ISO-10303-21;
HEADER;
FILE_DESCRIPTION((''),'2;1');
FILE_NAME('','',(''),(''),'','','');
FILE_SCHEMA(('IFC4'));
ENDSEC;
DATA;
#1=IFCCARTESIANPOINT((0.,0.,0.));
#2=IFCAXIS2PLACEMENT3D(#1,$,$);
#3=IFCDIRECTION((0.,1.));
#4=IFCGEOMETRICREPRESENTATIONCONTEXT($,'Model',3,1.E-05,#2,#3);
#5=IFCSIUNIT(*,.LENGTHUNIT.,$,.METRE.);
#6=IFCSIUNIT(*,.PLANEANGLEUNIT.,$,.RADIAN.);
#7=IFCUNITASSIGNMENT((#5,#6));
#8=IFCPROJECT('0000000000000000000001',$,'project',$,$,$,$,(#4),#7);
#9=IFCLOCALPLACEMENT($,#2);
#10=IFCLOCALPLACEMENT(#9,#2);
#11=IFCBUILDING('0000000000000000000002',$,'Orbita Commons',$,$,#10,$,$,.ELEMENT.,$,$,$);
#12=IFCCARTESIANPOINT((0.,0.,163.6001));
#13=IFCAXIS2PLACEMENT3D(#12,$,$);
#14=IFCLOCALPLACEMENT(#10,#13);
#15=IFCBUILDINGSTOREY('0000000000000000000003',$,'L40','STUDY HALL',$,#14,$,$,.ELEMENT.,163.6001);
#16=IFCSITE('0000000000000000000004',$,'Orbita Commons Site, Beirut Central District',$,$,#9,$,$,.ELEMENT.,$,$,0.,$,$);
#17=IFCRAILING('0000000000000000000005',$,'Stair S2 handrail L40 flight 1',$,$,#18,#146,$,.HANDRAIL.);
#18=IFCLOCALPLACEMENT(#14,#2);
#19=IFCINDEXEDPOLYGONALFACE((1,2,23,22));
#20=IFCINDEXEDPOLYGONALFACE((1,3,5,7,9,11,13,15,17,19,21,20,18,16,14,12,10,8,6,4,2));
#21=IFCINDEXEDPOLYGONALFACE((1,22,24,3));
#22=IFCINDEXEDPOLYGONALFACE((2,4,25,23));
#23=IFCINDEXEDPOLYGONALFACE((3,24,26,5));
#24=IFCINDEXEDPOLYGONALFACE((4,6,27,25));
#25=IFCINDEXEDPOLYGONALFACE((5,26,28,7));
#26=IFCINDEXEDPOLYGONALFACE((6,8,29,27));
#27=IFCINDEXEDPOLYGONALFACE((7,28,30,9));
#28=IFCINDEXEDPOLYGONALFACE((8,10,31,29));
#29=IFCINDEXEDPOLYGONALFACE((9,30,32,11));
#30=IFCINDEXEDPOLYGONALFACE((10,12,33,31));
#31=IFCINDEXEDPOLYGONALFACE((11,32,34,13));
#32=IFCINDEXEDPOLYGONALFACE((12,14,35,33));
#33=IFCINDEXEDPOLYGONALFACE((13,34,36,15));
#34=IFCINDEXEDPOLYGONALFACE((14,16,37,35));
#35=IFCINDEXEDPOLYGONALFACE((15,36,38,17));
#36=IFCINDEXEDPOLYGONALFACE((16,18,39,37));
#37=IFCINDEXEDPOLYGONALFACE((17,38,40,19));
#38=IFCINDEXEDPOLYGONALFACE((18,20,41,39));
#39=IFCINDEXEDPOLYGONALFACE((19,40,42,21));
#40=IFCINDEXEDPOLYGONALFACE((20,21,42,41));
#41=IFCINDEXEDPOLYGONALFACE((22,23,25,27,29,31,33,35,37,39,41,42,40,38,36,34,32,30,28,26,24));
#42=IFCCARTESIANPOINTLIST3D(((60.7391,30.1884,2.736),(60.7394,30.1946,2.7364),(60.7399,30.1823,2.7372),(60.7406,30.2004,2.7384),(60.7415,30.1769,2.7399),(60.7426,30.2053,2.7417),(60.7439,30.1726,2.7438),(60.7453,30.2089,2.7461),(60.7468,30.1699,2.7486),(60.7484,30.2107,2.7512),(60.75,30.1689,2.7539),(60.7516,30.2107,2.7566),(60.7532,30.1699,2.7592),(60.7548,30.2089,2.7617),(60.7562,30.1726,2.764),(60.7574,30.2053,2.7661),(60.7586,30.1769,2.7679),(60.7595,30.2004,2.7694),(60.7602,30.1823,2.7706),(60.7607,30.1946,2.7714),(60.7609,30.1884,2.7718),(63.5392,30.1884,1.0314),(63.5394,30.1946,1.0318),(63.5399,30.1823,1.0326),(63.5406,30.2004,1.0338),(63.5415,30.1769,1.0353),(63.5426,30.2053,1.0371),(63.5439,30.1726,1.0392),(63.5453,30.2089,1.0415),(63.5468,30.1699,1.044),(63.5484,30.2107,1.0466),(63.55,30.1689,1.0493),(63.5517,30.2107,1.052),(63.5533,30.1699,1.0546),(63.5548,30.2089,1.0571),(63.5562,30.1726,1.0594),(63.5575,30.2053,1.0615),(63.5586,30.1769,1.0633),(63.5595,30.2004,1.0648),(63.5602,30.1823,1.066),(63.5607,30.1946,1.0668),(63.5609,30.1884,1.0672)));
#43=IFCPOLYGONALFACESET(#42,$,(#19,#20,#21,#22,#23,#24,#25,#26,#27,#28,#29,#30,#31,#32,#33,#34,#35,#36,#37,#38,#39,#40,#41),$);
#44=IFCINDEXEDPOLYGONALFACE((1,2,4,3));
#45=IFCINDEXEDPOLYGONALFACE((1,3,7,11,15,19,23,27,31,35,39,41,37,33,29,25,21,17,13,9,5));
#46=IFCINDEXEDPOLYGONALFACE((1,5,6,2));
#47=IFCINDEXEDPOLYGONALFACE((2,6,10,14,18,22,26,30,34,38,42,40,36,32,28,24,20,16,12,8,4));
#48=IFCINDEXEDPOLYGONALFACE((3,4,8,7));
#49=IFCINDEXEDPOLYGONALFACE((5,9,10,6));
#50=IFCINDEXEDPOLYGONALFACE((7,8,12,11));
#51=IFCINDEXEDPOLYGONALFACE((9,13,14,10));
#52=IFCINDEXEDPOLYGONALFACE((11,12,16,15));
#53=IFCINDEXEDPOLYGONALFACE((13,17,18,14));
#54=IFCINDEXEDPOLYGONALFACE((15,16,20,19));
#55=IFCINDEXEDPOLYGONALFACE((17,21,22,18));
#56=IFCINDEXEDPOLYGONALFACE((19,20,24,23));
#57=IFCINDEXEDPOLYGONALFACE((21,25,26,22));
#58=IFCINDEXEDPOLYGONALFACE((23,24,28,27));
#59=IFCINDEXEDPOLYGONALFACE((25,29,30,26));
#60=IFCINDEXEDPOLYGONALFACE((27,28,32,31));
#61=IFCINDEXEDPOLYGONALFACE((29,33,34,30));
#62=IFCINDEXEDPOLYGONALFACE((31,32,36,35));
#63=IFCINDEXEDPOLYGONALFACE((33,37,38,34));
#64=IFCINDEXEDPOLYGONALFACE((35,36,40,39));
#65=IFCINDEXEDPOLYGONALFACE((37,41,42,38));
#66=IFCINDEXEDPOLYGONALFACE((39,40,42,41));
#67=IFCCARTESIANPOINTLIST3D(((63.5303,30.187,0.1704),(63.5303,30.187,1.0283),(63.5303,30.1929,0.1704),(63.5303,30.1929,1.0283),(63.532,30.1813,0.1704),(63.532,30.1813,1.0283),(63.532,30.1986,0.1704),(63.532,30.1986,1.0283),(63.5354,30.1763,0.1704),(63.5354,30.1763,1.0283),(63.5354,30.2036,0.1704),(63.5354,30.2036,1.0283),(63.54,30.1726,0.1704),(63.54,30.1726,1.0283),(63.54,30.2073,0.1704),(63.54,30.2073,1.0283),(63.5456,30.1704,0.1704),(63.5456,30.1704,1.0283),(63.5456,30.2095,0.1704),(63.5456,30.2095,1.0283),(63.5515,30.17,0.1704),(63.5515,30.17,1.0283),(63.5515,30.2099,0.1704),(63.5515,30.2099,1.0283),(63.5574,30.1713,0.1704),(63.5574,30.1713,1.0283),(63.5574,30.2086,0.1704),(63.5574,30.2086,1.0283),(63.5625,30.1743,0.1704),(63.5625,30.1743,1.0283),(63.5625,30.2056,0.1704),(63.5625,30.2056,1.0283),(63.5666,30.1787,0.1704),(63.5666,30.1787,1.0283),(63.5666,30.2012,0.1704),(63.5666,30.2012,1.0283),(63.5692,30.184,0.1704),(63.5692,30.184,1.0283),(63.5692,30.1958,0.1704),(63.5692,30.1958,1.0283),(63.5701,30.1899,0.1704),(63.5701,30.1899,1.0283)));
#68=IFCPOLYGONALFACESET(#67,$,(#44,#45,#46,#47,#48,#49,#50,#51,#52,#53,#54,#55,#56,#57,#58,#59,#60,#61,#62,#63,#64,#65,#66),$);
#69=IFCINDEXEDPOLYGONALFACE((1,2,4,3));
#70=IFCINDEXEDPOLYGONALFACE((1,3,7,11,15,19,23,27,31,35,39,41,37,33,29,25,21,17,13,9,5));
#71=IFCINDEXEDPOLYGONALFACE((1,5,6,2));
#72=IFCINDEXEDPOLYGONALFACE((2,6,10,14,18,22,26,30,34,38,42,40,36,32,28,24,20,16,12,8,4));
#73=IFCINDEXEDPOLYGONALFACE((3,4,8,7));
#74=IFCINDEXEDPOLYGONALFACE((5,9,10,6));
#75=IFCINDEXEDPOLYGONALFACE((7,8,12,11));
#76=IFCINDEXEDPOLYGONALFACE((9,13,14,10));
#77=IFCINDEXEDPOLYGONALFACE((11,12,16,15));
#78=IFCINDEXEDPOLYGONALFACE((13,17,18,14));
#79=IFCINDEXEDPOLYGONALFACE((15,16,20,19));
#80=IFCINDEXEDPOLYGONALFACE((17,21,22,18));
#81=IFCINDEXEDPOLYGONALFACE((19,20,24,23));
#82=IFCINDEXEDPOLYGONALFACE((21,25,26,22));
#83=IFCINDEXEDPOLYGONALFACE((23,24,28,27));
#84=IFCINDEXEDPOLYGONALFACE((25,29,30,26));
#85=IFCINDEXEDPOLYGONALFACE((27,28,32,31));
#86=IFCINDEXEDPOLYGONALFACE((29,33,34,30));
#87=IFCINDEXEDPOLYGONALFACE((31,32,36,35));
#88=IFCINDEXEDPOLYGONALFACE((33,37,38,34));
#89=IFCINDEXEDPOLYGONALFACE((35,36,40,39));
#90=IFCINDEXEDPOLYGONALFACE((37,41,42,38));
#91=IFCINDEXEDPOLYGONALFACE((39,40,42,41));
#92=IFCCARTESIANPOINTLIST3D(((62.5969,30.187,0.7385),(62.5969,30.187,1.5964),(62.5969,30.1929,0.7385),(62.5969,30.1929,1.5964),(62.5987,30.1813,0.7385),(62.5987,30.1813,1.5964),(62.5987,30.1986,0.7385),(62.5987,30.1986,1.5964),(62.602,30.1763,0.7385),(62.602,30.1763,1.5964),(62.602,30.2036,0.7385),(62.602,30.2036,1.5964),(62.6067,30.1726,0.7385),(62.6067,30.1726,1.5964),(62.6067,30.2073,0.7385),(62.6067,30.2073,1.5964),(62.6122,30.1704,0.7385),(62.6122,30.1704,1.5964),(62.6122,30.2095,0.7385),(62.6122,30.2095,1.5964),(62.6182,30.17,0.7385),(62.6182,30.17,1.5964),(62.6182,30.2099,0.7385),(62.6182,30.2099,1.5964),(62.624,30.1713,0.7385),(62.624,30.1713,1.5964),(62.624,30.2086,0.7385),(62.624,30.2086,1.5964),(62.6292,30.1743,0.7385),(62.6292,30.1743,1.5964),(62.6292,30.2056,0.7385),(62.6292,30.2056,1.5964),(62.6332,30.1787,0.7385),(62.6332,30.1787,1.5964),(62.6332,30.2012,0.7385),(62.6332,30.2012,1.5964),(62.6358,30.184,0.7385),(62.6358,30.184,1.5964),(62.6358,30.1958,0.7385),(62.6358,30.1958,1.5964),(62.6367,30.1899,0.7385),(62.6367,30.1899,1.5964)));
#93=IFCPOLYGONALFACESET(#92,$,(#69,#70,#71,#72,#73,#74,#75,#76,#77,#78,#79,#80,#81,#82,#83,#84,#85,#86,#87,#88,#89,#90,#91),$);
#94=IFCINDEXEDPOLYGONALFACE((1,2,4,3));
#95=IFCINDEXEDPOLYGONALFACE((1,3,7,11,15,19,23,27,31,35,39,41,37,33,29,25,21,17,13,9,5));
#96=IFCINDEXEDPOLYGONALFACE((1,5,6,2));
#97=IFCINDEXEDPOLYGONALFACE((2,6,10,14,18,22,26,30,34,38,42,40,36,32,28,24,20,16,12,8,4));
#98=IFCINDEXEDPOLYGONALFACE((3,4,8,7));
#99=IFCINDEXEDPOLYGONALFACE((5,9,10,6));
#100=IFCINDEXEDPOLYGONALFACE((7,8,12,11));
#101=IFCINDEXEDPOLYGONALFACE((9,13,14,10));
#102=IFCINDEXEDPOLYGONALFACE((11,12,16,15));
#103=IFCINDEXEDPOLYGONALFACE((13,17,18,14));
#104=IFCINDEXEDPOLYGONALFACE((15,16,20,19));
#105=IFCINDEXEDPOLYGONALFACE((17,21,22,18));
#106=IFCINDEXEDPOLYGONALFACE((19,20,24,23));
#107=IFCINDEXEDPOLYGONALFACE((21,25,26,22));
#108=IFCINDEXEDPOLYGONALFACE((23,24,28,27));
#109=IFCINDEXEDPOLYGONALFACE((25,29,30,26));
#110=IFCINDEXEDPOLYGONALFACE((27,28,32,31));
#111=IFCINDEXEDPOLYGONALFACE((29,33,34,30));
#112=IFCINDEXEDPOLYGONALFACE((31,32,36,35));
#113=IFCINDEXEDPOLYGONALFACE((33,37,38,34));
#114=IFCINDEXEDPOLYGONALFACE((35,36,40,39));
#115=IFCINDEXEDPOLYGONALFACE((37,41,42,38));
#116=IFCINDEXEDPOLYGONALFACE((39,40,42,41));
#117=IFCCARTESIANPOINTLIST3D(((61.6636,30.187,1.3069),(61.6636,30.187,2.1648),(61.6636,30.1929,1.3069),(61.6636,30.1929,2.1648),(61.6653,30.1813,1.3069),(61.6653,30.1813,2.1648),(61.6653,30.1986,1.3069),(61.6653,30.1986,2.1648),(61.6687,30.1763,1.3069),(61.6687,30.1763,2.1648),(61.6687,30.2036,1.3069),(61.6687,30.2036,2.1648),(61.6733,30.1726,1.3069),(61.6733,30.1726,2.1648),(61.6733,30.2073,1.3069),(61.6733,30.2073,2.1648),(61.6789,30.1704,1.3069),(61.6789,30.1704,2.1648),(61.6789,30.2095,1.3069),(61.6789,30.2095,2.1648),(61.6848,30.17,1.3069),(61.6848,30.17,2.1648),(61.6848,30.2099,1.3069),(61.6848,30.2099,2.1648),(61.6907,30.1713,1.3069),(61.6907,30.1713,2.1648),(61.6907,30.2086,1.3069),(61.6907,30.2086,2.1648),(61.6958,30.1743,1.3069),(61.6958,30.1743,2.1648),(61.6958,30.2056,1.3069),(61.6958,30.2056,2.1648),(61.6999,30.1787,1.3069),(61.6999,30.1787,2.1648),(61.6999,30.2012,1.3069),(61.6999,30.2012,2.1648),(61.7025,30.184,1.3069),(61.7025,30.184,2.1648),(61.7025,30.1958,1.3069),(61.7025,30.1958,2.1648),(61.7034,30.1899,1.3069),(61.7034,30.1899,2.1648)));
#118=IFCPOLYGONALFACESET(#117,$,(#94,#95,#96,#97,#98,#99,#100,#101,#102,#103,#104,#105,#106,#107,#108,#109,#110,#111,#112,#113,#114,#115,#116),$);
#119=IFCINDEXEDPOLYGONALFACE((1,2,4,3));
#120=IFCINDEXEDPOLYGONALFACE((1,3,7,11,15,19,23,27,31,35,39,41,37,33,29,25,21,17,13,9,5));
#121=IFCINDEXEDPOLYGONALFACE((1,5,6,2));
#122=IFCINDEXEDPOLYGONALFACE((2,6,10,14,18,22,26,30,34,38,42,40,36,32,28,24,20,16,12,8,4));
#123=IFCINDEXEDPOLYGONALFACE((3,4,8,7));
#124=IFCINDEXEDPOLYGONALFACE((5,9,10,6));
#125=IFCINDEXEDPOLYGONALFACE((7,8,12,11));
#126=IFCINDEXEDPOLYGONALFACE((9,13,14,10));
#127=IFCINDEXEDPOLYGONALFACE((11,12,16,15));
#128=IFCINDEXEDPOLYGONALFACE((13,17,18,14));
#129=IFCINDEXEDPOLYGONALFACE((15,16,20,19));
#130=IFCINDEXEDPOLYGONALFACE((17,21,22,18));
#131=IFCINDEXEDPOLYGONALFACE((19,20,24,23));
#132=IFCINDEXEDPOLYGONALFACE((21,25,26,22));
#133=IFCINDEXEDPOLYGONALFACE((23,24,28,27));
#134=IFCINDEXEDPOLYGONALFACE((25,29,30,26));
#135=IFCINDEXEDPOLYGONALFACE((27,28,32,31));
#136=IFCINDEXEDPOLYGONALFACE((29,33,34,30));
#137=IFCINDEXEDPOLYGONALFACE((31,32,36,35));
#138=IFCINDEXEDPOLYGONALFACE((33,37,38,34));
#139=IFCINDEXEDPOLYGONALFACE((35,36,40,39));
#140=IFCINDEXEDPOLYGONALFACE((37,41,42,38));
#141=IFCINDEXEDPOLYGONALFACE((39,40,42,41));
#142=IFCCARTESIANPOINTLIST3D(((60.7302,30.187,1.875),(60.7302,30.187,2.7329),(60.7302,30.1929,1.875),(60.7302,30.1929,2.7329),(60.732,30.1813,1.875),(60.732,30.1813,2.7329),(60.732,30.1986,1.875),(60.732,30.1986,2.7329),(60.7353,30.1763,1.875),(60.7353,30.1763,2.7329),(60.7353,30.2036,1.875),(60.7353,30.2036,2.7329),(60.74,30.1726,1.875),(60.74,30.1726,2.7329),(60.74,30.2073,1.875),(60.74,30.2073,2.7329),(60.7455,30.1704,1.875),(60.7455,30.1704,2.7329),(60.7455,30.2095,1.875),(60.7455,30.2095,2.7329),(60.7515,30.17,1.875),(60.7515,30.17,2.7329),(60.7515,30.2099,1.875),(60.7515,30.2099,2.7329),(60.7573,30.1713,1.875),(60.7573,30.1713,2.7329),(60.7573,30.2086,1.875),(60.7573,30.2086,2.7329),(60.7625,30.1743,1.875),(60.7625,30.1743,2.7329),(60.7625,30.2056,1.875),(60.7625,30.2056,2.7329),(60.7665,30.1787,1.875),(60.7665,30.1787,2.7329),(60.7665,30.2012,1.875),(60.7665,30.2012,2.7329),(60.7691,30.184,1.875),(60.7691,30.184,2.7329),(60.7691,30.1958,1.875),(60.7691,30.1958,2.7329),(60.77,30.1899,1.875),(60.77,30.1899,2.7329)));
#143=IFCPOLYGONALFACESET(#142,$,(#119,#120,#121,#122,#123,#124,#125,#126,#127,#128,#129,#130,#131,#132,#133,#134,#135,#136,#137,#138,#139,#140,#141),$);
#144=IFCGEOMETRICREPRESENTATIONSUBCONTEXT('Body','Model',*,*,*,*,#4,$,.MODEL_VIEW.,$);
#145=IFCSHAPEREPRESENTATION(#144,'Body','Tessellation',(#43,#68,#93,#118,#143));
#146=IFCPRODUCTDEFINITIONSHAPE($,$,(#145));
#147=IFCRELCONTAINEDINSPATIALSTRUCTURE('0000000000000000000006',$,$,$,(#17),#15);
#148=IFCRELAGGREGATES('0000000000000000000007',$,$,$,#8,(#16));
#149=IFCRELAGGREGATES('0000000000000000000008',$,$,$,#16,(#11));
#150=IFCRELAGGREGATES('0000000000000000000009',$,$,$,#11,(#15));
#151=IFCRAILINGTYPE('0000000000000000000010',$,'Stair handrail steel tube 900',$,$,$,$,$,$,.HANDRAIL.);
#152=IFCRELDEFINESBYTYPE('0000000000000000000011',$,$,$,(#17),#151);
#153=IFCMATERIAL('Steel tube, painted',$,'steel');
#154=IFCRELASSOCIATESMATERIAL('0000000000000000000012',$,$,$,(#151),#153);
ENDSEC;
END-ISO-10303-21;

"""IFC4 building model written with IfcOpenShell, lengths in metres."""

from ifc_helpers import new_model, si_unit, direction, frame, origin, origin_2d, place, context, subcontext, project, spatial, circle, extrude, material, type_object, element, save


model = new_model("IFC4")

# Units and contexts
model_context = context("Model", 3, precision=1e-05, world=origin(), true_north=direction((0.0, 1.0)))
body_context = subcontext(model_context, "Body", "Model", "MODEL_VIEW")
ifc_project = project(units=[si_unit("LENGTHUNIT", "METRE"), si_unit("PLANEANGLEUNIT", "RADIAN")], contexts=[model_context])

# Site, building, storey
site_placement = place(None, origin())
site = spatial("IfcSite", under=ifc_project, at=site_placement, Name="Orbita Commons Site, Beirut Central District", CompositionType="ELEMENT", RefElevation=0.0)
building_placement = place(site_placement, origin())
building = spatial("IfcBuilding", under=site, at=building_placement, Name="Orbita Commons", CompositionType="ELEMENT")
storey_placement = place(building_placement, frame((0.0, 0.0, 163.6001)))
storey = spatial("IfcBuildingStorey", under=building, at=storey_placement, Name="L40", Description="STUDY HALL", CompositionType="ELEMENT", Elevation=163.6001)

# Railing
ifc_material_1 = material(Name="Steel tube, painted", Category="steel")
railing_type = type_object("IfcRailingType", Name="Stair handrail steel tube 900", PredefinedType="HANDRAIL", material=ifc_material_1)
for number, where, name in (
    (1, (63.55, 30.1899, 0.1704), "Stair S2 handrail L40 flight 1"),
):
    element("IfcRailing", number, at=place(storey_placement, frame(where)), inside=storey, type_object=railing_type, Name=name, PredefinedType="HANDRAIL", context=body_context, shape_type="SweptSolid", body=[
        extrude(circle(Radius=0.021, at=origin_2d()), frame((0.0, 0.0, 0.8789), z_axis=(-0.85417, 0.0, 0.519994), x_axis=(0.0, -1.0, 0.0)), (0.0, 0.0, 1.0), 3.2781),
        extrude(circle(Radius=0.02, at=origin_2d()), origin(), (0.0, 0.0, 1.0), 0.8579),
        extrude(circle(Radius=0.02, at=origin_2d()), frame((-0.9333, 0.0, 0.5681)), (0.0, 0.0, 1.0), 0.8579),
        extrude(circle(Radius=0.02, at=origin_2d()), frame((-1.8667, 0.0, 1.1365)), (0.0, 0.0, 1.0), 0.8579),
        extrude(circle(Radius=0.02, at=origin_2d()), frame((-2.8, 0.0, 1.7046)), (0.0, 0.0, 1.0), 0.8579),
    ])

save(model, "model.ifc")
